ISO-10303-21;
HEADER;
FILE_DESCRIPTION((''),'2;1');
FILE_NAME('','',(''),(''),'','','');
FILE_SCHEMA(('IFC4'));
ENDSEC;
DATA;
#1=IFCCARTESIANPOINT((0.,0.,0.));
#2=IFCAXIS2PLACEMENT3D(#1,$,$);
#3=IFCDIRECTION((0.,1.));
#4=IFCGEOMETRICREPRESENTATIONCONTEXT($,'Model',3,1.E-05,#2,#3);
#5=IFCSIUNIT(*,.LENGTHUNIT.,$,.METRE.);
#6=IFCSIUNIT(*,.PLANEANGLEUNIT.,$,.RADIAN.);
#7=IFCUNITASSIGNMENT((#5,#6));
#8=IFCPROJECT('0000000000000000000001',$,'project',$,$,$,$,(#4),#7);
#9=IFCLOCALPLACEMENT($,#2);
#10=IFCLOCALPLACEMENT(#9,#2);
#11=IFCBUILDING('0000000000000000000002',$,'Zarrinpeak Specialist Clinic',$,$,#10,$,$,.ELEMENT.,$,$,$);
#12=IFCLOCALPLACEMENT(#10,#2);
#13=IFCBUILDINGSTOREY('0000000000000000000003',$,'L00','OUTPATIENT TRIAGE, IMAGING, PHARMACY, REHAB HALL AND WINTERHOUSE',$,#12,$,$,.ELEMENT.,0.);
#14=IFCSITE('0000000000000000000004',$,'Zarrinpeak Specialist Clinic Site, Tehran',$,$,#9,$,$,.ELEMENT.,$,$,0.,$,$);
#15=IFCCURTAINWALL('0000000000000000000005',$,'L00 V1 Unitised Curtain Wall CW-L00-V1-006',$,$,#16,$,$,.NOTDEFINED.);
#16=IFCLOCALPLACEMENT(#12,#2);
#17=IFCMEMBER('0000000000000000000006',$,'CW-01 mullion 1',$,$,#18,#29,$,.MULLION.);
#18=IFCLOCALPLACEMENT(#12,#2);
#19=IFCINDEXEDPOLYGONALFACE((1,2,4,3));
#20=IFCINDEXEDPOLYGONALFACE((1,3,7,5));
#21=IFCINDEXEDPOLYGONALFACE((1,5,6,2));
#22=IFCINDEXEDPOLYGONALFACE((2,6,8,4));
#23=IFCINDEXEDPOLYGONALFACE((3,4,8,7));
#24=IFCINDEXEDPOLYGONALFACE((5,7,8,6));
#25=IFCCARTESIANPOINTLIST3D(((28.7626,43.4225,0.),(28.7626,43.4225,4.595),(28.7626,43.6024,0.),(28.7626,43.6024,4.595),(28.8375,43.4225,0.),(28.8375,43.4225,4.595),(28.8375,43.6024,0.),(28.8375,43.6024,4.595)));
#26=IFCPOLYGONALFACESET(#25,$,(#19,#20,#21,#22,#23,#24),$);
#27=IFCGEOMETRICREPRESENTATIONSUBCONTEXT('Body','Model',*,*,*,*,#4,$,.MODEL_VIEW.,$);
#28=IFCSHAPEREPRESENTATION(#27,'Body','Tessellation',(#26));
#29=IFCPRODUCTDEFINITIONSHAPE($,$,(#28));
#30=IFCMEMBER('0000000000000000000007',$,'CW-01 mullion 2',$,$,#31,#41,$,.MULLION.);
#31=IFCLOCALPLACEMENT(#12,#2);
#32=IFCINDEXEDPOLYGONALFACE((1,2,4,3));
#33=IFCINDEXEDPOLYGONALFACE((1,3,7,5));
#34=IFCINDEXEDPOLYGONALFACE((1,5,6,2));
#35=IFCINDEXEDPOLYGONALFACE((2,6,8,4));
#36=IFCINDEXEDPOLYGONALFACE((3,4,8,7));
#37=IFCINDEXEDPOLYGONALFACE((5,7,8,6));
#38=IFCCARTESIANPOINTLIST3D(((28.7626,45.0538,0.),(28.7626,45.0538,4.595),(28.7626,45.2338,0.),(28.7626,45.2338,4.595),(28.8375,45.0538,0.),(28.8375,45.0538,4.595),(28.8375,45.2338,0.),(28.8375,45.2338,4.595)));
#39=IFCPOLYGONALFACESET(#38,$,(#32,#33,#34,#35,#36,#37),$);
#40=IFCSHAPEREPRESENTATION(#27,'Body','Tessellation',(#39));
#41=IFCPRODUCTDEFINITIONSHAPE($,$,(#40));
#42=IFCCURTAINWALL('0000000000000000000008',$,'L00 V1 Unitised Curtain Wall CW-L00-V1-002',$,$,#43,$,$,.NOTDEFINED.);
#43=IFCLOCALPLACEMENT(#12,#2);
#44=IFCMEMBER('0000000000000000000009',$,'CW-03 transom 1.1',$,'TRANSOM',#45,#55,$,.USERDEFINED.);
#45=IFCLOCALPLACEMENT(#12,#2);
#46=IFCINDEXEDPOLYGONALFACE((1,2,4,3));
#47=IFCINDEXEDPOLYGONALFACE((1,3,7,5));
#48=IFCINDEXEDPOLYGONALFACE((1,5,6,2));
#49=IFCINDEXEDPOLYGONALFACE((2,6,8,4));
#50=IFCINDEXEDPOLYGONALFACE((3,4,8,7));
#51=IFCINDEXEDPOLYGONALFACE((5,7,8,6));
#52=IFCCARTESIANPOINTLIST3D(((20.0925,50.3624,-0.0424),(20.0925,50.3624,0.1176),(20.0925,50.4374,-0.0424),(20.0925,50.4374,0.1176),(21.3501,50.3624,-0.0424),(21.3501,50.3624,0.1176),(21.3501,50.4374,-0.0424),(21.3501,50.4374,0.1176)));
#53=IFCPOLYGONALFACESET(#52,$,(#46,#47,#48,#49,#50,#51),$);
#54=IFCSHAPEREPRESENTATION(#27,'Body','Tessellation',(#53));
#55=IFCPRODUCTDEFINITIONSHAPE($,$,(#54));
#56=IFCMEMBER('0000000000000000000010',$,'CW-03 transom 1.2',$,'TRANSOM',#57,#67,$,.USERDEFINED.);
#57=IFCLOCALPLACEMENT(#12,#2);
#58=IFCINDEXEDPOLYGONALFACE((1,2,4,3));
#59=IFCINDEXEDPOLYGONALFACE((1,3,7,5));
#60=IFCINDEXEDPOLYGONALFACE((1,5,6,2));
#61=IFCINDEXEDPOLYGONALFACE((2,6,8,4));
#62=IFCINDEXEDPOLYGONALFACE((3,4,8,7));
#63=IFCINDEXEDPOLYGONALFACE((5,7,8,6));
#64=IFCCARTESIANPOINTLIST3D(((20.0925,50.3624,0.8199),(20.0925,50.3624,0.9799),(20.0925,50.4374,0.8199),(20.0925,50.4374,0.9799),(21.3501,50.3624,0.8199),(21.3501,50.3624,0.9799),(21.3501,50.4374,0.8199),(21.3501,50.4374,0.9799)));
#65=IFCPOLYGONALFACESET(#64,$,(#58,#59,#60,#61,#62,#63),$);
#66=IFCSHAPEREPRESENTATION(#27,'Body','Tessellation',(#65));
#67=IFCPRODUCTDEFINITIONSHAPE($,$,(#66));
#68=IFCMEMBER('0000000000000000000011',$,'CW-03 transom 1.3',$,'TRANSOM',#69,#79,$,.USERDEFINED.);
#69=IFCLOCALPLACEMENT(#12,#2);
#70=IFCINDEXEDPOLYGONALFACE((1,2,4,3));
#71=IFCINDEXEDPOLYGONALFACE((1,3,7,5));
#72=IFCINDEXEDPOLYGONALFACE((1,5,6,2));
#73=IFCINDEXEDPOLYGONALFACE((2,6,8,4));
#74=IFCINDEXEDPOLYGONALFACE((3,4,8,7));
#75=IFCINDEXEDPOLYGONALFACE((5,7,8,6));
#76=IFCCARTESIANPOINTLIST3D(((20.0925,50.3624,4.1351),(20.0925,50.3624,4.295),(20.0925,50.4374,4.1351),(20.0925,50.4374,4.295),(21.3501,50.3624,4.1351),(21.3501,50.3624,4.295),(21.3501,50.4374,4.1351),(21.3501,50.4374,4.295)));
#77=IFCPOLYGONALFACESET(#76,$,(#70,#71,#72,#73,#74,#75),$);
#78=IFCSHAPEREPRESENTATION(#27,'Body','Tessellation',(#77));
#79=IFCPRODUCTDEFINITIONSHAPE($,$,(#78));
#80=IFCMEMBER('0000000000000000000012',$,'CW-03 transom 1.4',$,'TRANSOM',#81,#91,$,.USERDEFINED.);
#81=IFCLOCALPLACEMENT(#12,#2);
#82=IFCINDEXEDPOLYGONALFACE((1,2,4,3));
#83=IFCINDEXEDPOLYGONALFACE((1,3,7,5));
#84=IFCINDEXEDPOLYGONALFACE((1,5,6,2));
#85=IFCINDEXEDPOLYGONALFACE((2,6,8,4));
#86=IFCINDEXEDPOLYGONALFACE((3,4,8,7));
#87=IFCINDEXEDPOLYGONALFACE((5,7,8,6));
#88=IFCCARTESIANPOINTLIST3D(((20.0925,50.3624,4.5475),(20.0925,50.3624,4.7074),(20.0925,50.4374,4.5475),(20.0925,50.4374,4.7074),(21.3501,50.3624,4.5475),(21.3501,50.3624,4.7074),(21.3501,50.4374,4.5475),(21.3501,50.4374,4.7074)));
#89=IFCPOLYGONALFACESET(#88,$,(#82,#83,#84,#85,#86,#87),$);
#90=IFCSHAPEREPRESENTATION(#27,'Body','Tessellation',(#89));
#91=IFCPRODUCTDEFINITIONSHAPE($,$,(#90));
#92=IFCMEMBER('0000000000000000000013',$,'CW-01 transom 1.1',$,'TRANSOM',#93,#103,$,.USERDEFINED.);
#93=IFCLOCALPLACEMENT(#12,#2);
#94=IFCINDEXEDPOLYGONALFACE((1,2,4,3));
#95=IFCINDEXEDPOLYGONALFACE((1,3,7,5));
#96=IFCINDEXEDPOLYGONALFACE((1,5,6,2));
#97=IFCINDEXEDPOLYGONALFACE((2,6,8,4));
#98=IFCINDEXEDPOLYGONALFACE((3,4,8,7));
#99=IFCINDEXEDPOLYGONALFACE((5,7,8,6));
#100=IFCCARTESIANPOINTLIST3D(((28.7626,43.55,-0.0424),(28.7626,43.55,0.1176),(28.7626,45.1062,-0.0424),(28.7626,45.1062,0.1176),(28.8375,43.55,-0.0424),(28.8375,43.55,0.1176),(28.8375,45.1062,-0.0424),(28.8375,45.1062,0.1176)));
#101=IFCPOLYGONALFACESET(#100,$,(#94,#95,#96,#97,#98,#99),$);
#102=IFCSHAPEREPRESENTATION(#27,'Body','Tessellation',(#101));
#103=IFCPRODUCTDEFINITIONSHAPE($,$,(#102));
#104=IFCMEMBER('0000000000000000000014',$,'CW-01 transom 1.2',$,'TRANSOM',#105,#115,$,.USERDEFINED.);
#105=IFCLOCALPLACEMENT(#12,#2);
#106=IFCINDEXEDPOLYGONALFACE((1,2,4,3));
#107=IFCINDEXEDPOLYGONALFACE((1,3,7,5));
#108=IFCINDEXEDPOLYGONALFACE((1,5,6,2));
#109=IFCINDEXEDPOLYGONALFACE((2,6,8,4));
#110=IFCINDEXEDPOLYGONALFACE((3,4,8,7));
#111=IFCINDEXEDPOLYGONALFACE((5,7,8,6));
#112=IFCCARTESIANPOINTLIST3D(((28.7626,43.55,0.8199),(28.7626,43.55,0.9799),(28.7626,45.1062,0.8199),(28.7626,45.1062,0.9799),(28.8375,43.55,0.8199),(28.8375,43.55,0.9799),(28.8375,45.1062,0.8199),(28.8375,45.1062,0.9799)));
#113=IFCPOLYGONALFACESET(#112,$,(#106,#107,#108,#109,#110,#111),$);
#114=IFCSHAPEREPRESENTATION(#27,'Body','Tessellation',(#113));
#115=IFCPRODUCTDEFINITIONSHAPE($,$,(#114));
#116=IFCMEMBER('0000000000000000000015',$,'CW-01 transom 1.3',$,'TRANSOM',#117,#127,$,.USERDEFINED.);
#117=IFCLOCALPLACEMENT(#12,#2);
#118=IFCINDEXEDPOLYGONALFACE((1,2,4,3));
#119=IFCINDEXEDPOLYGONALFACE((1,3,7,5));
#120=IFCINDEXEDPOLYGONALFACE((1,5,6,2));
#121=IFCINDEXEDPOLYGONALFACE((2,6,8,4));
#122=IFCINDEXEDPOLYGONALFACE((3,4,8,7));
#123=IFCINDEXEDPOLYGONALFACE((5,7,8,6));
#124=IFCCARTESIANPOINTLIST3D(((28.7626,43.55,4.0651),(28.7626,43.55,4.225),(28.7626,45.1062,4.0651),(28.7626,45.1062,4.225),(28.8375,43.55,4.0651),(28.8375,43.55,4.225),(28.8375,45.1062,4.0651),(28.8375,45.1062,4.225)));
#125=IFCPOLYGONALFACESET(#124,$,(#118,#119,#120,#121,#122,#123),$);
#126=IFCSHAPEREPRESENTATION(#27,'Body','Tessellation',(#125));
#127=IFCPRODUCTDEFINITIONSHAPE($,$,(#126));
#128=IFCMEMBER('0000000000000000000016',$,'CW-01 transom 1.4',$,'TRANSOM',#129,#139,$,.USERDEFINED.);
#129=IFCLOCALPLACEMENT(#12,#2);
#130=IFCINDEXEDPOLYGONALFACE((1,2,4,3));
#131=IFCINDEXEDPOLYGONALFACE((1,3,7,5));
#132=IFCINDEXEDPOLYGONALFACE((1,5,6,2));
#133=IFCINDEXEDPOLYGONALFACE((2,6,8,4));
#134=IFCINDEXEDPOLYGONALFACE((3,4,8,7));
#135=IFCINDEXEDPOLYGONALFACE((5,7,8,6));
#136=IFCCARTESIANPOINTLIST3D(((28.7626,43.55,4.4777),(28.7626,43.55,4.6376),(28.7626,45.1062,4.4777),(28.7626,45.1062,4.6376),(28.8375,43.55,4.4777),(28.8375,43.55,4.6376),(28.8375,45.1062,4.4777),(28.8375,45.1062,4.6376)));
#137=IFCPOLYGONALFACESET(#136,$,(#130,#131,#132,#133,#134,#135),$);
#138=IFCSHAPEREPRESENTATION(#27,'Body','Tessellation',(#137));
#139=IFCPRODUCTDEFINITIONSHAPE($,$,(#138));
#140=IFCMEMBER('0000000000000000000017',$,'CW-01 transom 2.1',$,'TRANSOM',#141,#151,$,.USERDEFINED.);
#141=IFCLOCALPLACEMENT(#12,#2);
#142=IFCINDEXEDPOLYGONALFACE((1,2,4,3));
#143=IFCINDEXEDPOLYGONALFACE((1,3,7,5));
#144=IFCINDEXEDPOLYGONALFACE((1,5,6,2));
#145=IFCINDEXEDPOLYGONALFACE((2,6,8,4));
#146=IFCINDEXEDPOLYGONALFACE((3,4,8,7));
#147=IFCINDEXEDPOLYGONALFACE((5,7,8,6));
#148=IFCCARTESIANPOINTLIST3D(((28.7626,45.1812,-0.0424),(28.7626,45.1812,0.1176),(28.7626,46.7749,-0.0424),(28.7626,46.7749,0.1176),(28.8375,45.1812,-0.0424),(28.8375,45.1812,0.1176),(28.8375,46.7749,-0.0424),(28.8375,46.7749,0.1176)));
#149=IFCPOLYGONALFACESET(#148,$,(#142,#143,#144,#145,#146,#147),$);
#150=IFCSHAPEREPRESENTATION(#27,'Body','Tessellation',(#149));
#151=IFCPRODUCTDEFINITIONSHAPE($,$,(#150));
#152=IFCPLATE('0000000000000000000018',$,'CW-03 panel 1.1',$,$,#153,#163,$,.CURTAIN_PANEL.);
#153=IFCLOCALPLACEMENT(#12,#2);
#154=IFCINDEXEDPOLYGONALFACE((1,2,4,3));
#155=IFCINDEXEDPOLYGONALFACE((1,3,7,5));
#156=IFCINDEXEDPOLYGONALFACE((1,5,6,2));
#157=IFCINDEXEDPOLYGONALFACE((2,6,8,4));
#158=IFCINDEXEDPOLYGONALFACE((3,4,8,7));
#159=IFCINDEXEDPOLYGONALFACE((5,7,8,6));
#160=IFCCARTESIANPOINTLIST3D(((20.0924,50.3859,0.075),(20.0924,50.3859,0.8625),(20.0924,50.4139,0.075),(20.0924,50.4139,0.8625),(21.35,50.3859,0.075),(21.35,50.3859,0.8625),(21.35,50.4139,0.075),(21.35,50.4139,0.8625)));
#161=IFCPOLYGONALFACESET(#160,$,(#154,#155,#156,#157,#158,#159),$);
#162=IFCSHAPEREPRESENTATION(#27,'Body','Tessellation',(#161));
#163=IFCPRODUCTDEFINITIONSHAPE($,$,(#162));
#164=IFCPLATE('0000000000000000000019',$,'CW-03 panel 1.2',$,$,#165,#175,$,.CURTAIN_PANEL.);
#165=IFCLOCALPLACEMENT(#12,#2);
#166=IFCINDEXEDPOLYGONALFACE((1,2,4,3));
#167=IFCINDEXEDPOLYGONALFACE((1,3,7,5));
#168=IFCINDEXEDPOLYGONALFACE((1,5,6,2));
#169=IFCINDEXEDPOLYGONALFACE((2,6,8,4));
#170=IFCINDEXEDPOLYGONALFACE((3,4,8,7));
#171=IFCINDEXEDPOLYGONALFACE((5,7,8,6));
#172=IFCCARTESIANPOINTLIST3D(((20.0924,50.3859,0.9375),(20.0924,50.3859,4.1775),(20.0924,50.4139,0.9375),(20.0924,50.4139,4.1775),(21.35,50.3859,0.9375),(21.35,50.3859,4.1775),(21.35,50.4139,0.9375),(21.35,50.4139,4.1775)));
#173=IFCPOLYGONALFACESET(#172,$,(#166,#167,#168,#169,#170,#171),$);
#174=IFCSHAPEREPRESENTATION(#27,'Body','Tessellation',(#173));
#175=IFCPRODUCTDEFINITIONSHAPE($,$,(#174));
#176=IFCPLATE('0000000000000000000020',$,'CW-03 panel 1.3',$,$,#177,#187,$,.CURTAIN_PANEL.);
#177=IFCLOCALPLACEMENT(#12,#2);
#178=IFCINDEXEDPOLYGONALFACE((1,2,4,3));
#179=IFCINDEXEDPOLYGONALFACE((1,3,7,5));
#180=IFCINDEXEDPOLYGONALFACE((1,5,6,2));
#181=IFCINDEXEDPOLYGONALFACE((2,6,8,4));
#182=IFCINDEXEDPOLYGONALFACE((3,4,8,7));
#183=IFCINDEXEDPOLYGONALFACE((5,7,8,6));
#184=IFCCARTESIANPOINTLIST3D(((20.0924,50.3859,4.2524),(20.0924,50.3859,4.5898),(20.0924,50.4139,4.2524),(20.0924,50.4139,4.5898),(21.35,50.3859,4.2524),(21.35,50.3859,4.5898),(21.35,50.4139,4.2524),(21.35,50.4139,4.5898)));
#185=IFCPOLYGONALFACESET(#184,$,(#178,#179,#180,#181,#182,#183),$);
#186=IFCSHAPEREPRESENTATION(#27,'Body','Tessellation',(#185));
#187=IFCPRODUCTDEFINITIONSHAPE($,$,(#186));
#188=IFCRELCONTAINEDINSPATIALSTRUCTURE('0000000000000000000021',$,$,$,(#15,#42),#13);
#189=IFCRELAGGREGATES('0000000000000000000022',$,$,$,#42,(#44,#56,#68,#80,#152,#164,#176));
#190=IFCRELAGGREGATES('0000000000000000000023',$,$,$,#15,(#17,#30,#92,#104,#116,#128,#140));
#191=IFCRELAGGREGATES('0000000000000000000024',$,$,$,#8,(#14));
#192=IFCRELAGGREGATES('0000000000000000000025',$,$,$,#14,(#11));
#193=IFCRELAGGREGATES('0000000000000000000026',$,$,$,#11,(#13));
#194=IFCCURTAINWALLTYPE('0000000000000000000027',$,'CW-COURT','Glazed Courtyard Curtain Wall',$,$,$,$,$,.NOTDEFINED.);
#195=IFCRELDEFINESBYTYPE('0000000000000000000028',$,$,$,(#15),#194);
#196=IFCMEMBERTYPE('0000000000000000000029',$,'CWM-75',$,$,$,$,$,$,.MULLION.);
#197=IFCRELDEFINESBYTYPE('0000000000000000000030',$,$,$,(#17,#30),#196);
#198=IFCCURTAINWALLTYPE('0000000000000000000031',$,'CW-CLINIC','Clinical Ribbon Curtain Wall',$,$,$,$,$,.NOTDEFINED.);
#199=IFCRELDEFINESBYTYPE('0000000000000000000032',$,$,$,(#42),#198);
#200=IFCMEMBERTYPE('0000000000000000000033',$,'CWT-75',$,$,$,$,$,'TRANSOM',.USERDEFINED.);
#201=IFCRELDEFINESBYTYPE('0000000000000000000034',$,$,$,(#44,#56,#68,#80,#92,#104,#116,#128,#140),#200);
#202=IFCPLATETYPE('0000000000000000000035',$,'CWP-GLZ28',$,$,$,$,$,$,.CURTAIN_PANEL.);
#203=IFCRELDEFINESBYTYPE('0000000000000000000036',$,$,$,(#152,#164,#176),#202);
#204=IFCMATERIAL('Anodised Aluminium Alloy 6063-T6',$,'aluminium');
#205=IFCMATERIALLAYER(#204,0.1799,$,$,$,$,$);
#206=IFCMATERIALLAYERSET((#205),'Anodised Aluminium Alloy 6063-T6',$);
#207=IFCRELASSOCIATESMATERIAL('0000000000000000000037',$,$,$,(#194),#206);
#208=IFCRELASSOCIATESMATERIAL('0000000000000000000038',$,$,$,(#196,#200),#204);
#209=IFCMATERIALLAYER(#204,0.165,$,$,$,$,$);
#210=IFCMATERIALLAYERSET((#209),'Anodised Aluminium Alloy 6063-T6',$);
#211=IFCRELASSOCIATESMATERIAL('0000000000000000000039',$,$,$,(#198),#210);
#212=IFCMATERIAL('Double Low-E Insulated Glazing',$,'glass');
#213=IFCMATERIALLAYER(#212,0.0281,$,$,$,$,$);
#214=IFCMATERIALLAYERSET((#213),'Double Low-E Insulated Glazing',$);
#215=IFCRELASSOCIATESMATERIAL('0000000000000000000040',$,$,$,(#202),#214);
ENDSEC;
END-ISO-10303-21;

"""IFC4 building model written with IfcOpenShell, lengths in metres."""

from ifc_helpers import new_model, si_unit, direction, frame, origin, origin_2d, place, context, subcontext, project, spatial, rectangle, extrude, material, layer, layer_set, material_profile, profile_set, type_object, element, aggregate, save


model = new_model("IFC4")

# Units and contexts
model_context = context("Model", 3, precision=1e-05, world=origin(), true_north=direction((0.0, 1.0)))
body_context = subcontext(model_context, "Body", "Model", "MODEL_VIEW")
ifc_project = project(units=[si_unit("LENGTHUNIT", "METRE"), si_unit("PLANEANGLEUNIT", "RADIAN")], contexts=[model_context])

# Site, building, storey
site_placement = place(None, origin())
site = spatial("IfcSite", under=ifc_project, at=site_placement, Name="Zarrinpeak Specialist Clinic Site, Tehran", CompositionType="ELEMENT", RefElevation=0.0)
building_placement = place(site_placement, origin())
building = spatial("IfcBuilding", under=site, at=building_placement, Name="Zarrinpeak Specialist Clinic", CompositionType="ELEMENT")
storey_placement = place(building_placement, origin())
storey = spatial("IfcBuildingStorey", under=building, at=storey_placement, Name="L00", Description="OUTPATIENT TRIAGE, IMAGING, PHARMACY, REHAB HALL AND WINTERHOUSE", CompositionType="ELEMENT", Elevation=0.0)

# Curtain walls, members
ifc_material_1 = material(Name="Anodised Aluminium Alloy 6063-T6", Category="aluminium")
ifc_layer_1 = layer(ifc_material_1, 0.1799)
ifc_layer_set_1 = layer_set([ifc_layer_1], Name="Anodised Aluminium Alloy 6063-T6")
curtain_wall_type_1 = type_object("IfcCurtainWallType", Name="CW-COURT", Description="Glazed Courtyard Curtain Wall", PredefinedType="NOTDEFINED", material=ifc_layer_set_1)
curtain_wall_1_placement = place(storey_placement, origin())
curtain_wall_1 = element("IfcCurtainWall", 1, at=curtain_wall_1_placement, inside=storey, type_object=curtain_wall_type_1, Name="L00 V1 Unitised Curtain Wall CW-L00-V1-006", PredefinedType="NOTDEFINED")
ifc_material_profile_1 = material_profile(ifc_material_1, rectangle(XDim=0.075, YDim=0.1799, at=origin_2d()), Name="ALU 75x180")
ifc_profile_set_1 = profile_set([ifc_material_profile_1], Name="Anodised Aluminium Alloy 6063-T6")
member_type_1 = type_object("IfcMemberType", Name="CWM-75", PredefinedType="MULLION", material=ifc_profile_set_1)
member_1_placement = place(storey_placement, frame((28.8, 43.5125, 0.0), z_axis=(0.0, 0.0, 1.0), x_axis=(-1.0, 0.0, 0.0)))
member_1 = element("IfcMember", 2, at=member_1_placement, type_object=member_type_1, Name="CW-01 mullion 1", PredefinedType="MULLION", context=body_context, shape_type="SweptSolid", body=[
    extrude(rectangle(XDim=0.075, YDim=0.1799, at=origin_2d()), origin(), (0.0, 0.0, 1.0), 4.595),
])
member_2_placement = place(storey_placement, frame((28.8, 45.1438, 0.0), z_axis=(0.0, 0.0, 1.0), x_axis=(-1.0, 0.0, 0.0)))
member_2 = element("IfcMember", 3, at=member_2_placement, type_object=member_type_1, Name="CW-01 mullion 2", PredefinedType="MULLION", context=body_context, shape_type="SweptSolid", body=[
    extrude(rectangle(XDim=0.075, YDim=0.1799, at=origin_2d()), origin(), (0.0, 0.0, 1.0), 4.595),
])
ifc_layer_2 = layer(ifc_material_1, 0.165)
ifc_layer_set_2 = layer_set([ifc_layer_2], Name="Anodised Aluminium Alloy 6063-T6")
curtain_wall_type_2 = type_object("IfcCurtainWallType", Name="CW-CLINIC", Description="Clinical Ribbon Curtain Wall", PredefinedType="NOTDEFINED", material=ifc_layer_set_2)
curtain_wall_2_placement = place(storey_placement, origin())
curtain_wall_2 = element("IfcCurtainWall", 4, at=curtain_wall_2_placement, inside=storey, type_object=curtain_wall_type_2, Name="L00 V1 Unitised Curtain Wall CW-L00-V1-002", PredefinedType="NOTDEFINED")
ifc_material_profile_2 = material_profile(ifc_material_1, rectangle(XDim=0.075, YDim=0.1599, at=origin_2d()), Name="ALU 75x160")
ifc_profile_set_2 = profile_set([ifc_material_profile_2], Name="Anodised Aluminium Alloy 6063-T6")
member_type_2 = type_object("IfcMemberType", Name="CWT-75", ElementType="TRANSOM", PredefinedType="USERDEFINED", material=ifc_profile_set_2)
member_3_placement = place(storey_placement, frame((21.3501, 50.3999, 0.0376), z_axis=(-1.0, 0.0, 0.0), x_axis=(0.0, -1.0, 0.0)))
member_3 = element("IfcMember", 5, at=member_3_placement, type_object=member_type_2, Name="CW-03 transom 1.1", ObjectType="TRANSOM", PredefinedType="USERDEFINED", context=body_context, shape_type="SweptSolid", body=[
    extrude(rectangle(XDim=0.075, YDim=0.1599, at=origin_2d()), origin(), (0.0, 0.0, 1.0), 1.2576),
])
member_4_placement = place(storey_placement, frame((21.3501, 50.3999, 0.8999), z_axis=(-1.0, 0.0, 0.0), x_axis=(0.0, -1.0, 0.0)))
member_4 = element("IfcMember", 6, at=member_4_placement, type_object=member_type_2, Name="CW-03 transom 1.2", ObjectType="TRANSOM", PredefinedType="USERDEFINED", context=body_context, shape_type="SweptSolid", body=[
    extrude(rectangle(XDim=0.075, YDim=0.1599, at=origin_2d()), origin(), (0.0, 0.0, 1.0), 1.2576),
])
member_5_placement = place(storey_placement, frame((21.3501, 50.3999, 4.2151), z_axis=(-1.0, 0.0, 0.0), x_axis=(0.0, -1.0, 0.0)))
member_5 = element("IfcMember", 7, at=member_5_placement, type_object=member_type_2, Name="CW-03 transom 1.3", ObjectType="TRANSOM", PredefinedType="USERDEFINED", context=body_context, shape_type="SweptSolid", body=[
    extrude(rectangle(XDim=0.075, YDim=0.1599, at=origin_2d()), origin(), (0.0, 0.0, 1.0), 1.2576),
])
member_6_placement = place(storey_placement, frame((21.3501, 50.3999, 4.6274), z_axis=(-1.0, 0.0, 0.0), x_axis=(0.0, -1.0, 0.0)))
member_6 = element("IfcMember", 8, at=member_6_placement, type_object=member_type_2, Name="CW-03 transom 1.4", ObjectType="TRANSOM", PredefinedType="USERDEFINED", context=body_context, shape_type="SweptSolid", body=[
    extrude(rectangle(XDim=0.075, YDim=0.1599, at=origin_2d()), origin(), (0.0, 0.0, 1.0), 1.2576),
])

# Members
member_7_placement = place(storey_placement, frame((28.8, 43.55, 0.0376), z_axis=(0.0, 1.0, 0.0), x_axis=(-1.0, 0.0, 0.0)))
member_7 = element("IfcMember", 9, at=member_7_placement, type_object=member_type_2, Name="CW-01 transom 1.1", ObjectType="TRANSOM", PredefinedType="USERDEFINED", context=body_context, shape_type="SweptSolid", body=[
    extrude(rectangle(XDim=0.075, YDim=0.1599, at=origin_2d()), origin(), (0.0, 0.0, 1.0), 1.5562),
])
member_8_placement = place(storey_placement, frame((28.8, 43.55, 0.8999), z_axis=(0.0, 1.0, 0.0), x_axis=(-1.0, 0.0, 0.0)))
member_8 = element("IfcMember", 10, at=member_8_placement, type_object=member_type_2, Name="CW-01 transom 1.2", ObjectType="TRANSOM", PredefinedType="USERDEFINED", context=body_context, shape_type="SweptSolid", body=[
    extrude(rectangle(XDim=0.075, YDim=0.1599, at=origin_2d()), origin(), (0.0, 0.0, 1.0), 1.5562),
])
member_9_placement = place(storey_placement, frame((28.8, 43.55, 4.145), z_axis=(0.0, 1.0, 0.0), x_axis=(-1.0, 0.0, 0.0)))
member_9 = element("IfcMember", 11, at=member_9_placement, type_object=member_type_2, Name="CW-01 transom 1.3", ObjectType="TRANSOM", PredefinedType="USERDEFINED", context=body_context, shape_type="SweptSolid", body=[
    extrude(rectangle(XDim=0.075, YDim=0.1599, at=origin_2d()), origin(), (0.0, 0.0, 1.0), 1.5562),
])
member_10_placement = place(storey_placement, frame((28.8, 43.55, 4.5576), z_axis=(0.0, 1.0, 0.0), x_axis=(-1.0, 0.0, 0.0)))
member_10 = element("IfcMember", 12, at=member_10_placement, type_object=member_type_2, Name="CW-01 transom 1.4", ObjectType="TRANSOM", PredefinedType="USERDEFINED", context=body_context, shape_type="SweptSolid", body=[
    extrude(rectangle(XDim=0.075, YDim=0.1599, at=origin_2d()), origin(), (0.0, 0.0, 1.0), 1.5562),
])
member_11_placement = place(storey_placement, frame((28.8, 45.1812, 0.0376), z_axis=(0.0, 1.0, 0.0), x_axis=(-1.0, 0.0, 0.0)))
member_11 = element("IfcMember", 13, at=member_11_placement, type_object=member_type_2, Name="CW-01 transom 2.1", ObjectType="TRANSOM", PredefinedType="USERDEFINED", context=body_context, shape_type="SweptSolid", body=[
    extrude(rectangle(XDim=0.075, YDim=0.1599, at=origin_2d()), origin(), (0.0, 0.0, 1.0), 1.5938),
])

# Plates
ifc_material_2 = material(Name="Double Low-E Insulated Glazing", Category="glass")
ifc_layer_3 = layer(ifc_material_2, 0.0281)
ifc_layer_set_3 = layer_set([ifc_layer_3], Name="Double Low-E Insulated Glazing")
plate_type = type_object("IfcPlateType", Name="CWP-GLZ28", PredefinedType="CURTAIN_PANEL", material=ifc_layer_set_3)
plate_1_placement = place(storey_placement, frame((20.7212, 50.3999, 0.075), z_axis=(0.0, 0.0, 1.0), x_axis=(-1.0, 0.0, 0.0)))
plate_1 = element("IfcPlate", 14, at=plate_1_placement, type_object=plate_type, Name="CW-03 panel 1.1", PredefinedType="CURTAIN_PANEL", context=body_context, shape_type="SweptSolid", body=[
    extrude(rectangle(XDim=1.2576, YDim=0.0281, at=origin_2d()), origin(), (0.0, 0.0, 1.0), 0.7876),
])
plate_2_placement = place(storey_placement, frame((20.7212, 50.3999, 0.9375), z_axis=(0.0, 0.0, 1.0), x_axis=(-1.0, 0.0, 0.0)))
plate_2 = element("IfcPlate", 15, at=plate_2_placement, type_object=plate_type, Name="CW-03 panel 1.2", PredefinedType="CURTAIN_PANEL", context=body_context, shape_type="SweptSolid", body=[
    extrude(rectangle(XDim=1.2576, YDim=0.0281, at=origin_2d()), origin(), (0.0, 0.0, 1.0), 3.24),
])
plate_3_placement = place(storey_placement, frame((20.7212, 50.3999, 4.2524), z_axis=(0.0, 0.0, 1.0), x_axis=(-1.0, 0.0, 0.0)))
plate_3 = element("IfcPlate", 16, at=plate_3_placement, type_object=plate_type, Name="CW-03 panel 1.3", PredefinedType="CURTAIN_PANEL", context=body_context, shape_type="SweptSolid", body=[
    extrude(rectangle(XDim=1.2576, YDim=0.0281, at=origin_2d()), origin(), (0.0, 0.0, 1.0), 0.3374),
])
aggregate(curtain_wall_2, [member_3, member_4, member_5, member_6, plate_1, plate_2, plate_3])
aggregate(curtain_wall_1, [member_1, member_2, member_7, member_8, member_9, member_10, member_11])

save(model, "model.ifc")
